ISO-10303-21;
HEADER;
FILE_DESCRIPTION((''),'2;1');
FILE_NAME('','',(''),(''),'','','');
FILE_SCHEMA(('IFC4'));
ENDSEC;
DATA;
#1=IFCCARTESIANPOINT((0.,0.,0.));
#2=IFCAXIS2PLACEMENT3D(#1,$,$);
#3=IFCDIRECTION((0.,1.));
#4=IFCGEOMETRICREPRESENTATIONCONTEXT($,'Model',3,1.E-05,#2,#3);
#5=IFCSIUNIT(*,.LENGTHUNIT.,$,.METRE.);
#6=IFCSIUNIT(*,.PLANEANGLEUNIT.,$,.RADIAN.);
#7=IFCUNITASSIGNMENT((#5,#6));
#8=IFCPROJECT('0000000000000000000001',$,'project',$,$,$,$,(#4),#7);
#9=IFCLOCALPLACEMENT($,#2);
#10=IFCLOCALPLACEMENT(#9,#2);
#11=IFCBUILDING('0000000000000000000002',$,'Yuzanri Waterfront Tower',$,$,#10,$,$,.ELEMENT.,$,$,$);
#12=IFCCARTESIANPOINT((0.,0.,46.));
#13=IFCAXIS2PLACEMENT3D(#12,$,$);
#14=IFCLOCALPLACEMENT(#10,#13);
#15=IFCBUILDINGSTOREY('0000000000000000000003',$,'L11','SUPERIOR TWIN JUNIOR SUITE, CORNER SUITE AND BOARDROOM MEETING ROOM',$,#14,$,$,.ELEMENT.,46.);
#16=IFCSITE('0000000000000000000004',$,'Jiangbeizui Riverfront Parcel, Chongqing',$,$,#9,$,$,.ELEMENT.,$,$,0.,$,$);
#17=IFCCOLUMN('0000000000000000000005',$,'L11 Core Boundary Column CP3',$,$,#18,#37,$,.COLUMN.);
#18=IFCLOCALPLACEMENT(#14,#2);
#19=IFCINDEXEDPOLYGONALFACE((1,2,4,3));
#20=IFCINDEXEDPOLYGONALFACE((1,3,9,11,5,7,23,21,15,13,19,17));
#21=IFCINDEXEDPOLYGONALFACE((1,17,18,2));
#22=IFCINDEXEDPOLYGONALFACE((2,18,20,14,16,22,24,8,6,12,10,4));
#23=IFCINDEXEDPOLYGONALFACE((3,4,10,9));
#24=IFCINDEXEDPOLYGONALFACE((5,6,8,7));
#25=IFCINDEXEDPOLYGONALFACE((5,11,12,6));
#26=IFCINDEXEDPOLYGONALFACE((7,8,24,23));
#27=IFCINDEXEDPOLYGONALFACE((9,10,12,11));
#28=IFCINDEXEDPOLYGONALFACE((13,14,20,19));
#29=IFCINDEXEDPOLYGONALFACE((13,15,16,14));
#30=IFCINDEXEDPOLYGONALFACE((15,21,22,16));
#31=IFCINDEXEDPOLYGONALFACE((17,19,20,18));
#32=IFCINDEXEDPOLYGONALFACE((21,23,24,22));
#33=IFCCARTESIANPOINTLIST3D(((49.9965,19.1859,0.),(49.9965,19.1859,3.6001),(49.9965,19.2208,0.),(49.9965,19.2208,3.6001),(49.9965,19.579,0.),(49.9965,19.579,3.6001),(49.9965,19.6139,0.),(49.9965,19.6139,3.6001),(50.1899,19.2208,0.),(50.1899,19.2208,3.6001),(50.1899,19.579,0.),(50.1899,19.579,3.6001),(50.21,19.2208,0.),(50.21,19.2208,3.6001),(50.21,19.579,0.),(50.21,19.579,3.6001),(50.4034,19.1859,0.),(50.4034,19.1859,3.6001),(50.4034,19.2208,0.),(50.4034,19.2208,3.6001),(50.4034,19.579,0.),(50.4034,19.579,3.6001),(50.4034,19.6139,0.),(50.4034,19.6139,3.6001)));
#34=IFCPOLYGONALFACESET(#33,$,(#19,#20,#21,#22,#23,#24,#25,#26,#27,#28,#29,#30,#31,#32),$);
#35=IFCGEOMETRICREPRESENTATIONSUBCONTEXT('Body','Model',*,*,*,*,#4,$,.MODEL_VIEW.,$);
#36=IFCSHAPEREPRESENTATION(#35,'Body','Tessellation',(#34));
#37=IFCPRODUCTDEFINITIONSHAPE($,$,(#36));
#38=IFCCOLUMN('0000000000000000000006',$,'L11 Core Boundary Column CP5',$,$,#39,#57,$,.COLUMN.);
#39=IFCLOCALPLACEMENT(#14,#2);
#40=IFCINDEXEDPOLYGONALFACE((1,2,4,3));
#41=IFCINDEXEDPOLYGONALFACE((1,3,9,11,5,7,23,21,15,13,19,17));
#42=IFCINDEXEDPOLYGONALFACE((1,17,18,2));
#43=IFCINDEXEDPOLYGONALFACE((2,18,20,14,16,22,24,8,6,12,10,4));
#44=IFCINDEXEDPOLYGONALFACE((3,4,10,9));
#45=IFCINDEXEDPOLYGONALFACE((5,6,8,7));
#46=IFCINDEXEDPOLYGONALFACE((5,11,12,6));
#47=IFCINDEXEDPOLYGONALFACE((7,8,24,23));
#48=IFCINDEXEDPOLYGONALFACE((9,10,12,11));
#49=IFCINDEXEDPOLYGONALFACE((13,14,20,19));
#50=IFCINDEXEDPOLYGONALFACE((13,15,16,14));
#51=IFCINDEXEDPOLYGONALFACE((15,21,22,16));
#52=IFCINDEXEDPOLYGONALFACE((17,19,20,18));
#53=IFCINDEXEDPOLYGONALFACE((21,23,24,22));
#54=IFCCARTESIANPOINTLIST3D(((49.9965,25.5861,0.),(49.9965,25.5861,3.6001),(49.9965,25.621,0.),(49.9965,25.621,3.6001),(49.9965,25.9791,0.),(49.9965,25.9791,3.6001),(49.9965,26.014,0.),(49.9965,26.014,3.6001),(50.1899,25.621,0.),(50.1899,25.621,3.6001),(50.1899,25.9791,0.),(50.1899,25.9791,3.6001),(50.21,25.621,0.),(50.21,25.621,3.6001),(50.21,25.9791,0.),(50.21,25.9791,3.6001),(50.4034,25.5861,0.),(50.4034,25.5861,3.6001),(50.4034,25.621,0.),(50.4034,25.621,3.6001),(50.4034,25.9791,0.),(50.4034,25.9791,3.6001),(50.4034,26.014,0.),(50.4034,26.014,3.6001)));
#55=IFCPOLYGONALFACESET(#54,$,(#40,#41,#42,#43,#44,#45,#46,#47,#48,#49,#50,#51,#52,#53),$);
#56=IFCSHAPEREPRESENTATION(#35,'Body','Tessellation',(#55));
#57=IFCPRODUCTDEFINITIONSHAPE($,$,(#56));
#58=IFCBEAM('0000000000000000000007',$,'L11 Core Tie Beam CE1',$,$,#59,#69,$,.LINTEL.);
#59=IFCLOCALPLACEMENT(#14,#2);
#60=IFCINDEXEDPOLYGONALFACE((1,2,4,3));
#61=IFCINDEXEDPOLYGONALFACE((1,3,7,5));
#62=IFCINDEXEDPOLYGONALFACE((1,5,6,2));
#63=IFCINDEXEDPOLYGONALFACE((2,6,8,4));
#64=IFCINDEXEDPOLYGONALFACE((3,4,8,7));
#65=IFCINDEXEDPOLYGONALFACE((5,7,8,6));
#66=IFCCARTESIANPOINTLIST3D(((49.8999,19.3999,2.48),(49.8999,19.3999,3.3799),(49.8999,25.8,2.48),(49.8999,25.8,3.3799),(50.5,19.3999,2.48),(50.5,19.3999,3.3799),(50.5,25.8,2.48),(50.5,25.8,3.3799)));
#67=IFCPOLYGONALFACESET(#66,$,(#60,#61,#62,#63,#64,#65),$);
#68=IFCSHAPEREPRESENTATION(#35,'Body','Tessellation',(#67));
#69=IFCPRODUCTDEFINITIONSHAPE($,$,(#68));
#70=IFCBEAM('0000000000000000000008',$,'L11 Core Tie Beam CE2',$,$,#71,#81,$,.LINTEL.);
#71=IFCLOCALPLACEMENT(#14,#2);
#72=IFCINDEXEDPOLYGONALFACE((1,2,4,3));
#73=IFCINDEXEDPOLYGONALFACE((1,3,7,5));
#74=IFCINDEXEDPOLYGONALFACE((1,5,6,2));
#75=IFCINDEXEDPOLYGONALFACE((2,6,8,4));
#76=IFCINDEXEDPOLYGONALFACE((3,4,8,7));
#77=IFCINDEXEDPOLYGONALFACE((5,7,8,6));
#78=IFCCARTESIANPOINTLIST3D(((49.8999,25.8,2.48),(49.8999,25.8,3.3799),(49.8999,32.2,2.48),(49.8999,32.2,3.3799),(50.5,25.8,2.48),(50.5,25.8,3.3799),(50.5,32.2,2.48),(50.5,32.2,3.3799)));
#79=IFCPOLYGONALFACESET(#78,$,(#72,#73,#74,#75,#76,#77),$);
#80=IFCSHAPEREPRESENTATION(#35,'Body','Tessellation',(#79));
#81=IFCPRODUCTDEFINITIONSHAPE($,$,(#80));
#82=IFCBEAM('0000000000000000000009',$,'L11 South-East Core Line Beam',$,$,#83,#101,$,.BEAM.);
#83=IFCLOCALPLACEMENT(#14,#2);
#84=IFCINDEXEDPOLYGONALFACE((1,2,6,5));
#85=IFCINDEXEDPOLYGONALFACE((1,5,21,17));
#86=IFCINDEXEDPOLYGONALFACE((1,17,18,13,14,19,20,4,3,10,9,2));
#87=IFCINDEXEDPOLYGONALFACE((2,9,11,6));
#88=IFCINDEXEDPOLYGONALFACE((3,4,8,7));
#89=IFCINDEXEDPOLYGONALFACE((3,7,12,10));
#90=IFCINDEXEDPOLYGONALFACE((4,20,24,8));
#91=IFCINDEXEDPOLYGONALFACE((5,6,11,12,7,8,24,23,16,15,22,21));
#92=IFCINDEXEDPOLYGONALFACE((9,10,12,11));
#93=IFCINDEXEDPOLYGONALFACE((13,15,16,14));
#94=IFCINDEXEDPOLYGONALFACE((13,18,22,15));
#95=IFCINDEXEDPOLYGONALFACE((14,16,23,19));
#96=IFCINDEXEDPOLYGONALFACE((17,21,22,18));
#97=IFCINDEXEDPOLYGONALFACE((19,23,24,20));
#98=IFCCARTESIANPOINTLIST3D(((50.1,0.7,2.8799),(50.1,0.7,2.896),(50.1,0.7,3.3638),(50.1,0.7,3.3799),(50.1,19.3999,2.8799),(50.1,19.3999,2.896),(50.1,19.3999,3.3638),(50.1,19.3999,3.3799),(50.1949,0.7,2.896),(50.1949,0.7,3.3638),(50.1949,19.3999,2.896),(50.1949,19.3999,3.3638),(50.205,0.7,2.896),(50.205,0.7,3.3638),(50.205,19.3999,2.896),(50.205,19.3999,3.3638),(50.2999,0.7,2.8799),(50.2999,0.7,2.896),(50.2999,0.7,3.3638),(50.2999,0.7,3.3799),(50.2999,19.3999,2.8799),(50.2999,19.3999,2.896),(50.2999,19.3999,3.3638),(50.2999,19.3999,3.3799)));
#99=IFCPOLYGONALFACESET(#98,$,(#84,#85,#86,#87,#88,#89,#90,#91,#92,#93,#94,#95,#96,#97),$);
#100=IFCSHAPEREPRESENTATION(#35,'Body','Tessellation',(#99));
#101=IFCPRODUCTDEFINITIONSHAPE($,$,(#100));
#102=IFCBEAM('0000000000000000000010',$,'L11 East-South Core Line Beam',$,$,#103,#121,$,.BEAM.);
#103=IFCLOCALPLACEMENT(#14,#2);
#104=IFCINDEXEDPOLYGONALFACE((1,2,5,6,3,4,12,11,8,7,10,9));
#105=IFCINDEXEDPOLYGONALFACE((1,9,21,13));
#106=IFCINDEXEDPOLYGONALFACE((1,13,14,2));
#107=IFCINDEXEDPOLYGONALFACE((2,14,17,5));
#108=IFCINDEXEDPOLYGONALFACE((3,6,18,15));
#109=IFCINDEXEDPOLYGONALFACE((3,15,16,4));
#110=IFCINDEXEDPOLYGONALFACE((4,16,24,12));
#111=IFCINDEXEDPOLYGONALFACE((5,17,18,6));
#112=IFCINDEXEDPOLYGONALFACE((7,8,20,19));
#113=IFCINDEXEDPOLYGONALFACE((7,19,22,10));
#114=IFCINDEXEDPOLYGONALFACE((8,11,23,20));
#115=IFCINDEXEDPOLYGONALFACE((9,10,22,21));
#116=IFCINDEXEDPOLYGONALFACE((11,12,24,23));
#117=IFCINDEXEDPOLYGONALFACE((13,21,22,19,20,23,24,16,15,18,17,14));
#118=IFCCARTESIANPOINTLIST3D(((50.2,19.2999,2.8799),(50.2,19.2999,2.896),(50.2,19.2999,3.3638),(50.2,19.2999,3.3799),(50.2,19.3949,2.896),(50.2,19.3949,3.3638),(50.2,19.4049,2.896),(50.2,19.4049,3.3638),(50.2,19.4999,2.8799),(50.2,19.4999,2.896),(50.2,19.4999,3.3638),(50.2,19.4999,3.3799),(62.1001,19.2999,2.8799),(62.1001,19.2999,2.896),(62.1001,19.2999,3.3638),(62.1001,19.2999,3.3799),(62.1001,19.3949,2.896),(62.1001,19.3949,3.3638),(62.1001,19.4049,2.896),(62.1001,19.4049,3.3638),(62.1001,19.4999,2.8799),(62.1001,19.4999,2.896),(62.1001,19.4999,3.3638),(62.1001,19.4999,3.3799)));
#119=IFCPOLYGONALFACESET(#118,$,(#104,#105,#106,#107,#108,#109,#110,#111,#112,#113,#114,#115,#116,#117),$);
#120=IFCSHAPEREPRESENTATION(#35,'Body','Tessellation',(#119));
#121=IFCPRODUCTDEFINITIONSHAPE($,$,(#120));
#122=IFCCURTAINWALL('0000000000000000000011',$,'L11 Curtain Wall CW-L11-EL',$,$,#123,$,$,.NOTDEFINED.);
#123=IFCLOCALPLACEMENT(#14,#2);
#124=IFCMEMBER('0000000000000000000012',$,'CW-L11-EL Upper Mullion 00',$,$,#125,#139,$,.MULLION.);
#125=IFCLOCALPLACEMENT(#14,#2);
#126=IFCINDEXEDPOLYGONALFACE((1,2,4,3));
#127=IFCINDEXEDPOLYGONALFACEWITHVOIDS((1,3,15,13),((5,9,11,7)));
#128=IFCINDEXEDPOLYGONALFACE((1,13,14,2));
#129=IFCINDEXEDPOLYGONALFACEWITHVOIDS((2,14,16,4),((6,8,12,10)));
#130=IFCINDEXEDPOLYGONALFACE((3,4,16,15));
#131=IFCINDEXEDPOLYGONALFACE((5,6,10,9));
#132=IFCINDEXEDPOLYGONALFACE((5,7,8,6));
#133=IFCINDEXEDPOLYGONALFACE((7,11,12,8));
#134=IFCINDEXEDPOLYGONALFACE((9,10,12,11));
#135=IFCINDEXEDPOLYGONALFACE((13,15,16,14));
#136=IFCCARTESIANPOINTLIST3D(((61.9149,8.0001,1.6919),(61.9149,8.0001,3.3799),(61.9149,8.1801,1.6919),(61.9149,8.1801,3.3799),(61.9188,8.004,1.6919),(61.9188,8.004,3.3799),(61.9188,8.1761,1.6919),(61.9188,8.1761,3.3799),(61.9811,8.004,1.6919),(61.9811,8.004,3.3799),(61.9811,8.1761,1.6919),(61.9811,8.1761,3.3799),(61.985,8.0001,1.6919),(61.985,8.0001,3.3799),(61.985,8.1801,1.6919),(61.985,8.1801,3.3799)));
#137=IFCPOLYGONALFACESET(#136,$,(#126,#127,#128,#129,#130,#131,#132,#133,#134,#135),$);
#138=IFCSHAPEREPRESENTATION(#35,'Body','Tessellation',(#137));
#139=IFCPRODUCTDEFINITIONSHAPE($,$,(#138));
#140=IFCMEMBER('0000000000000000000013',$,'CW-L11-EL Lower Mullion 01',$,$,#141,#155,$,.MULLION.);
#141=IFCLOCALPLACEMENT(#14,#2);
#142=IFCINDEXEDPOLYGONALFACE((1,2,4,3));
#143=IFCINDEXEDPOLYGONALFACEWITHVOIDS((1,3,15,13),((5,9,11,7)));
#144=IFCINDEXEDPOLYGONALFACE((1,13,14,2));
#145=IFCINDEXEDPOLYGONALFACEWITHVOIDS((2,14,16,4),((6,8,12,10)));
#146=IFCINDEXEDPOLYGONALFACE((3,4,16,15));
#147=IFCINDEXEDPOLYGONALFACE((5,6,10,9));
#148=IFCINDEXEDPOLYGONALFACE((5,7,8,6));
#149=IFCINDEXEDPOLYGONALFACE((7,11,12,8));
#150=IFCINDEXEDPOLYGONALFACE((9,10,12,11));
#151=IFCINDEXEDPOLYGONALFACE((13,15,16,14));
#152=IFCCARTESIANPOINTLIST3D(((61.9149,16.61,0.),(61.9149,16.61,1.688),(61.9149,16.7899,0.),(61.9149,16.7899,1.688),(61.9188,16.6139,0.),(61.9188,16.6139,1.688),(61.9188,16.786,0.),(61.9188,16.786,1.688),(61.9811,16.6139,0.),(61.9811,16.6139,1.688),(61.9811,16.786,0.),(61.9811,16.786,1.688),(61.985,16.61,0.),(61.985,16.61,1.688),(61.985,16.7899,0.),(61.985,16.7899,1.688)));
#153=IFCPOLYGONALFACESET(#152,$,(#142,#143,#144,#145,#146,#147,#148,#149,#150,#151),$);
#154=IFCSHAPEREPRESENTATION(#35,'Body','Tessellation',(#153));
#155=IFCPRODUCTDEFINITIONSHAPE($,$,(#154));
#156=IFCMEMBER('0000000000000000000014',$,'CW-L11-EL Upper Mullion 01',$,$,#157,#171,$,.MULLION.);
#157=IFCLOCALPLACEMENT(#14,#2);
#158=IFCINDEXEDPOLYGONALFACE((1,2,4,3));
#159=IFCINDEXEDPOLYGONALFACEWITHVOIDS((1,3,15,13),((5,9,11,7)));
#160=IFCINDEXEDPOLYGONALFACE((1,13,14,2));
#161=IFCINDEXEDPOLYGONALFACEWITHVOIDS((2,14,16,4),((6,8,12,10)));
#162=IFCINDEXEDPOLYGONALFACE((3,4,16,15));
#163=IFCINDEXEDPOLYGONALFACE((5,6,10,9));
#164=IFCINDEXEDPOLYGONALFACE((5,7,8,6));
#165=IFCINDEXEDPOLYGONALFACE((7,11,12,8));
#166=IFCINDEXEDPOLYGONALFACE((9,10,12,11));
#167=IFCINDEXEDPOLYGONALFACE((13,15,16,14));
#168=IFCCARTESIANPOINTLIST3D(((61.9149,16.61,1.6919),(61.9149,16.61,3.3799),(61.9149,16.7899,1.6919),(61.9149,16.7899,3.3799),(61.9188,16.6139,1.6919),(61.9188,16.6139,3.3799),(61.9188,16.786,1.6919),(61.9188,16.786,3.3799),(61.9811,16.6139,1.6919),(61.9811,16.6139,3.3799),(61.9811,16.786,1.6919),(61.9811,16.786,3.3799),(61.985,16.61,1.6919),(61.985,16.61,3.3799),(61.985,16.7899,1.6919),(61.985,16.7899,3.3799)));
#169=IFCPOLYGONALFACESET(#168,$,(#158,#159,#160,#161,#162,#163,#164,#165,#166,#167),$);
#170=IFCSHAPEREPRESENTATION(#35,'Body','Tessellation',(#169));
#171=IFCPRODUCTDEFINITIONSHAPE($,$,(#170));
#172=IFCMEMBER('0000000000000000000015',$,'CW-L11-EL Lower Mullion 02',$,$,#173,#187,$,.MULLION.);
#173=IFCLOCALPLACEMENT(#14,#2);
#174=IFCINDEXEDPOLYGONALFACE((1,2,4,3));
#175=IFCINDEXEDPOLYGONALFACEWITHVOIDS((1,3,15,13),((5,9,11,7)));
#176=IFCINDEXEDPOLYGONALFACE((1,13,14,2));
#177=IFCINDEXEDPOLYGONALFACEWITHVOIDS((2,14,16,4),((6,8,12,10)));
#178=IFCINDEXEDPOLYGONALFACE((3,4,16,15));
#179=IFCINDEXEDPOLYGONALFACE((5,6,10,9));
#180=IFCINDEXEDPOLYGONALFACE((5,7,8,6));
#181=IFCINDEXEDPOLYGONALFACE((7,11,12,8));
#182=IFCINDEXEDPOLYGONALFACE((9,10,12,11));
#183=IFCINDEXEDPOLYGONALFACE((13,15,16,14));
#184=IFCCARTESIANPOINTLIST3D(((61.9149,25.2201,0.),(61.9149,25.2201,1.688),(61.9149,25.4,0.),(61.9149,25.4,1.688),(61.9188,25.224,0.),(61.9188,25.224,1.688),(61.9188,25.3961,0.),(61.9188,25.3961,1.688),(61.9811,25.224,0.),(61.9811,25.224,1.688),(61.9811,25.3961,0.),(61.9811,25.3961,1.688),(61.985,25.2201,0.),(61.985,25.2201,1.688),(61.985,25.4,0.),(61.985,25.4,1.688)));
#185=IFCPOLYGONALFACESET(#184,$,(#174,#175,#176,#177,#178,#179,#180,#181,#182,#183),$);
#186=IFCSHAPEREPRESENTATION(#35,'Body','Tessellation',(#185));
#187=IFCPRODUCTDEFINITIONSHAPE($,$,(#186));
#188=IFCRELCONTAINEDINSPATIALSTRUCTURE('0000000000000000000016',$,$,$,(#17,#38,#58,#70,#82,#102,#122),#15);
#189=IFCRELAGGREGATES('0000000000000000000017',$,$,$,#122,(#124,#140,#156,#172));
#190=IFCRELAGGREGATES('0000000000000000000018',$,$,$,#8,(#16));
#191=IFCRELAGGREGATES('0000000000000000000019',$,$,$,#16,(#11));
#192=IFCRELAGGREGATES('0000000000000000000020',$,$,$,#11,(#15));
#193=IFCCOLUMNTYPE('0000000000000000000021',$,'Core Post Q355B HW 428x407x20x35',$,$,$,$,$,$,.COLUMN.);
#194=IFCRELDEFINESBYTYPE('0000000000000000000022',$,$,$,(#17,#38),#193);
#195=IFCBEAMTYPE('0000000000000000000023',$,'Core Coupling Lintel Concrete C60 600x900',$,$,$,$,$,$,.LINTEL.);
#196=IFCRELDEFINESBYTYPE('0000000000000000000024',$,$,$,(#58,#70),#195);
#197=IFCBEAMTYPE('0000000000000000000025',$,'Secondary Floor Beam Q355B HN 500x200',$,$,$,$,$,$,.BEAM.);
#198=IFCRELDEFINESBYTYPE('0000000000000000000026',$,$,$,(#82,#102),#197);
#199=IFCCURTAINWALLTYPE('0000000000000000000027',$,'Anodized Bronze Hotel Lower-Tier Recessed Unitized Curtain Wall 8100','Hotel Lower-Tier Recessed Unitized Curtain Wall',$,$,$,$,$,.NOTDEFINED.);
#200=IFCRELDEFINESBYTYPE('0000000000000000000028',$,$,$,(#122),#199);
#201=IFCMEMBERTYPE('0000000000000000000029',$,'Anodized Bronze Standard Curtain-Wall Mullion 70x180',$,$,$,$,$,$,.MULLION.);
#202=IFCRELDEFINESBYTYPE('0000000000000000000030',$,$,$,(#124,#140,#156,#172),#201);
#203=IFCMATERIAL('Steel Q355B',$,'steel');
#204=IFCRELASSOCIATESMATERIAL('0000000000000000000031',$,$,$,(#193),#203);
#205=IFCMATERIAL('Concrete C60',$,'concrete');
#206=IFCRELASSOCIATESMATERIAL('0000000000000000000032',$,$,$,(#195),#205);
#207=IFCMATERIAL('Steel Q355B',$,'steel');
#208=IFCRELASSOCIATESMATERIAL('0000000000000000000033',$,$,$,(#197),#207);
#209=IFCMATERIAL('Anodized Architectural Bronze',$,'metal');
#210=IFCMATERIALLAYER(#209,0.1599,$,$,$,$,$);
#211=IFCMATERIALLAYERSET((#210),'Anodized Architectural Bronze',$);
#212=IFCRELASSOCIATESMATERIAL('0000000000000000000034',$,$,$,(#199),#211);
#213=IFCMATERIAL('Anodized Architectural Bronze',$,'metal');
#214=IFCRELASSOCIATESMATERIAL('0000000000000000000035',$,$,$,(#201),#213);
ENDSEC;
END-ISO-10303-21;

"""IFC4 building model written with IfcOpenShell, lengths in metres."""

from ifc_helpers import new_model, si_unit, direction, frame, origin, origin_2d, place, context, subcontext, project, spatial, rectangle, hollow_rectangle, i_section, extrude, source, transform, mapped, material, layer, layer_set, material_profile, profile_set, type_object, element, aggregate, save


model = new_model("IFC4")

# Units and contexts
model_context = context("Model", 3, precision=1e-05, world=origin(), true_north=direction((0.0, 1.0)))
body_context = subcontext(model_context, "Body", "Model", "MODEL_VIEW")
ifc_project = project(units=[si_unit("LENGTHUNIT", "METRE"), si_unit("PLANEANGLEUNIT", "RADIAN")], contexts=[model_context])

# Site, building, storey
site_placement = place(None, origin())
site = spatial("IfcSite", under=ifc_project, at=site_placement, Name="Jiangbeizui Riverfront Parcel, Chongqing", CompositionType="ELEMENT", RefElevation=0.0)
building_placement = place(site_placement, origin())
building = spatial("IfcBuilding", under=site, at=building_placement, Name="Yuzanri Waterfront Tower", CompositionType="ELEMENT")
storey_placement = place(building_placement, frame((0.0, 0.0, 46.0)))
storey = spatial("IfcBuildingStorey", under=building, at=storey_placement, Name="L11", Description="SUPERIOR TWIN JUNIOR SUITE, CORNER SUITE AND BOARDROOM MEETING ROOM", CompositionType="ELEMENT", Elevation=46.0)

# Columns
ifc_material_1 = material(Name="Steel Q355B", Category="steel")
ifc_material_profile_1 = material_profile(ifc_material_1, i_section(OverallWidth=0.407, OverallDepth=0.428, WebThickness=0.02, FlangeThickness=0.0349, at=origin_2d()), Name="HW 428x407x20x35")
ifc_profile_set_1 = profile_set([ifc_material_profile_1], Name="Steel Q355B")
column_type = type_object("IfcColumnType", Name="Core Post Q355B HW 428x407x20x35", PredefinedType="COLUMN", material=ifc_profile_set_1)
shared_shape_1 = source(origin(), body_context, "Body", "SweptSolid", [
    extrude(i_section(OverallWidth=0.407, OverallDepth=0.428, WebThickness=0.02, FlangeThickness=0.0349, at=origin_2d()), origin(), (0.0, 0.0, 1.0), 3.6001),
])
for number, where, z_axis, x_axis, name in (
    (1, (50.2, 19.3999, 0.0), (0.0, 0.0, 1.0), (1.0, 0.0, 0.0), "L11 Core Boundary Column CP3"),
    (2, (50.2, 25.8, 0.0), (0.0, 0.0, 1.0), (1.0, 0.0, 0.0), "L11 Core Boundary Column CP5"),
):
    element("IfcColumn", number, at=place(storey_placement, frame(where, z_axis=z_axis, x_axis=x_axis)), inside=storey, type_object=column_type, Name=name, PredefinedType="COLUMN", context=body_context, shape_type="MappedRepresentation", body=[
        mapped(shared_shape_1, transform((0.0, 0.0, 0.0), scale=1.0)),
    ])

# Beams
ifc_material_2 = material(Name="Concrete C60", Category="concrete")
ifc_material_profile_2 = material_profile(ifc_material_2, rectangle(XDim=0.6001, YDim=0.8999, at=origin_2d()), Name="RC 600x900")
ifc_profile_set_2 = profile_set([ifc_material_profile_2], Name="Concrete C60")
beam_type_1 = type_object("IfcBeamType", Name="Core Coupling Lintel Concrete C60 600x900", PredefinedType="LINTEL", material=ifc_profile_set_2)
shared_shape_2 = source(origin(), body_context, "Body", "SweptSolid", [
    extrude(rectangle(XDim=0.6001, YDim=0.8999, at=origin_2d()), origin(), (0.0, 0.0, 1.0), 6.4001),
])
beam_1_placement = place(storey_placement, frame((50.2, 19.3999, 2.9299), z_axis=(0.0, 1.0, 0.0), x_axis=(-1.0, 0.0, 0.0)))
element("IfcBeam", 3, at=beam_1_placement, inside=storey, type_object=beam_type_1, Name="L11 Core Tie Beam CE1", PredefinedType="LINTEL", context=body_context, shape_type="MappedRepresentation", body=[
    mapped(shared_shape_2, transform((0.0, 0.0, 0.0), scale=1.0)),
])
shared_shape_3 = source(origin(), body_context, "Body", "SweptSolid", [
    extrude(rectangle(XDim=0.6001, YDim=0.8999, at=origin_2d()), origin(), (0.0, 0.0, 1.0), 6.3999),
])
beam_2_placement = place(storey_placement, frame((50.2, 25.8, 2.9299), z_axis=(0.0, 1.0, 0.0), x_axis=(-1.0, 0.0, 0.0)))
element("IfcBeam", 4, at=beam_2_placement, inside=storey, type_object=beam_type_1, Name="L11 Core Tie Beam CE2", PredefinedType="LINTEL", context=body_context, shape_type="MappedRepresentation", body=[
    mapped(shared_shape_3, transform((0.0, 0.0, 0.0), scale=1.0)),
])
ifc_material_3 = material(Name="Steel Q355B", Category="steel")
ifc_material_profile_3 = material_profile(ifc_material_3, i_section(OverallWidth=0.2, OverallDepth=0.5, WebThickness=0.01, FlangeThickness=0.0161, at=origin_2d()), Name="HN 500x200x10x16")
ifc_profile_set_3 = profile_set([ifc_material_profile_3], Name="Steel Q355B")
beam_type_2 = type_object("IfcBeamType", Name="Secondary Floor Beam Q355B HN 500x200", PredefinedType="BEAM", material=ifc_profile_set_3)
shared_shape_4 = source(origin(), body_context, "Body", "SweptSolid", [
    extrude(i_section(OverallWidth=0.2, OverallDepth=0.5, WebThickness=0.01, FlangeThickness=0.0161, at=origin_2d()), origin(), (0.0, 0.0, 1.0), 18.7),
])
beam_3_placement = place(storey_placement, frame((50.2, 19.3999, 3.1299), z_axis=(0.0, -1.0, 0.0), x_axis=(1.0, 0.0, 0.0)))
element("IfcBeam", 5, at=beam_3_placement, inside=storey, type_object=beam_type_2, Name="L11 South-East Core Line Beam", PredefinedType="BEAM", context=body_context, shape_type="MappedRepresentation", body=[
    mapped(shared_shape_4, transform((0.0, 0.0, 0.0), scale=1.0)),
])
shared_shape_5 = source(origin(), body_context, "Body", "SweptSolid", [
    extrude(i_section(OverallWidth=0.2, OverallDepth=0.5, WebThickness=0.01, FlangeThickness=0.0161, at=origin_2d()), origin(), (0.0, 0.0, 1.0), 11.9001),
])
beam_4_placement = place(storey_placement, frame((50.2, 19.3999, 3.1299), z_axis=(1.0, 0.0, 0.0), x_axis=(0.0, 1.0, 0.0)))
element("IfcBeam", 6, at=beam_4_placement, inside=storey, type_object=beam_type_2, Name="L11 East-South Core Line Beam", PredefinedType="BEAM", context=body_context, shape_type="MappedRepresentation", body=[
    mapped(shared_shape_5, transform((0.0, 0.0, 0.0), scale=1.0)),
])

# Curtain wall, members
ifc_material_4 = material(Name="Anodized Architectural Bronze", Category="metal")
ifc_layer_1 = layer(ifc_material_4, 0.1599)
ifc_layer_set_1 = layer_set([ifc_layer_1], Name="Anodized Architectural Bronze")
curtain_wall_type = type_object("IfcCurtainWallType", Name="Anodized Bronze Hotel Lower-Tier Recessed Unitized Curtain Wall 8100", Description="Hotel Lower-Tier Recessed Unitized Curtain Wall", PredefinedType="NOTDEFINED", material=ifc_layer_set_1)
curtain_wall_placement = place(storey_placement, origin())
curtain_wall = element("IfcCurtainWall", 7, at=curtain_wall_placement, inside=storey, type_object=curtain_wall_type, Name="L11 Curtain Wall CW-L11-EL", PredefinedType="NOTDEFINED")
ifc_material_5 = material(Name="Anodized Architectural Bronze", Category="metal")
ifc_material_profile_4 = material_profile(ifc_material_5, hollow_rectangle(XDim=0.0701, YDim=0.1799, WallThickness=0.0039, at=origin_2d()), Name="CWM 70x180")
ifc_profile_set_4 = profile_set([ifc_material_profile_4], Name="Anodized Architectural Bronze")
member_type = type_object("IfcMemberType", Name="Anodized Bronze Standard Curtain-Wall Mullion 70x180", PredefinedType="MULLION", material=ifc_profile_set_4)
shared_shape_6 = source(origin(), body_context, "Body", "SweptSolid", [
    extrude(hollow_rectangle(XDim=0.0701, YDim=0.1799, WallThickness=0.0039, at=origin_2d()), origin(), (0.0, 0.0, 1.0), 1.688),
])
member_1_placement = place(storey_placement, frame((61.95, 8.0901, 1.6919), z_axis=(0.0, 0.0, 1.0), x_axis=(1.0, 0.0, 0.0)))
member_1 = element("IfcMember", 8, at=member_1_placement, type_object=member_type, Name="CW-L11-EL Upper Mullion 00", PredefinedType="MULLION", context=body_context, shape_type="MappedRepresentation", body=[
    mapped(shared_shape_6, transform((0.0, 0.0, 0.0), scale=1.0)),
])
member_2_placement = place(storey_placement, frame((61.95, 16.7, 0.0), z_axis=(0.0, 0.0, 1.0), x_axis=(1.0, 0.0, 0.0)))
member_2 = element("IfcMember", 9, at=member_2_placement, type_object=member_type, Name="CW-L11-EL Lower Mullion 01", PredefinedType="MULLION", context=body_context, shape_type="MappedRepresentation", body=[
    mapped(shared_shape_6, transform((0.0, 0.0, 0.0), scale=1.0)),
])
member_3_placement = place(storey_placement, frame((61.95, 16.7, 1.6919), z_axis=(0.0, 0.0, 1.0), x_axis=(1.0, 0.0, 0.0)))
member_3 = element("IfcMember", 10, at=member_3_placement, type_object=member_type, Name="CW-L11-EL Upper Mullion 01", PredefinedType="MULLION", context=body_context, shape_type="MappedRepresentation", body=[
    mapped(shared_shape_6, transform((0.0, 0.0, 0.0), scale=1.0)),
])
member_4_placement = place(storey_placement, frame((61.95, 25.3101, 0.0), z_axis=(0.0, 0.0, 1.0), x_axis=(1.0, 0.0, 0.0)))
member_4 = element("IfcMember", 11, at=member_4_placement, type_object=member_type, Name="CW-L11-EL Lower Mullion 02", PredefinedType="MULLION", context=body_context, shape_type="MappedRepresentation", body=[
    mapped(shared_shape_6, transform((0.0, 0.0, 0.0), scale=1.0)),
])
aggregate(curtain_wall, [member_1, member_2, member_3, member_4])

save(model, "model.ifc")
